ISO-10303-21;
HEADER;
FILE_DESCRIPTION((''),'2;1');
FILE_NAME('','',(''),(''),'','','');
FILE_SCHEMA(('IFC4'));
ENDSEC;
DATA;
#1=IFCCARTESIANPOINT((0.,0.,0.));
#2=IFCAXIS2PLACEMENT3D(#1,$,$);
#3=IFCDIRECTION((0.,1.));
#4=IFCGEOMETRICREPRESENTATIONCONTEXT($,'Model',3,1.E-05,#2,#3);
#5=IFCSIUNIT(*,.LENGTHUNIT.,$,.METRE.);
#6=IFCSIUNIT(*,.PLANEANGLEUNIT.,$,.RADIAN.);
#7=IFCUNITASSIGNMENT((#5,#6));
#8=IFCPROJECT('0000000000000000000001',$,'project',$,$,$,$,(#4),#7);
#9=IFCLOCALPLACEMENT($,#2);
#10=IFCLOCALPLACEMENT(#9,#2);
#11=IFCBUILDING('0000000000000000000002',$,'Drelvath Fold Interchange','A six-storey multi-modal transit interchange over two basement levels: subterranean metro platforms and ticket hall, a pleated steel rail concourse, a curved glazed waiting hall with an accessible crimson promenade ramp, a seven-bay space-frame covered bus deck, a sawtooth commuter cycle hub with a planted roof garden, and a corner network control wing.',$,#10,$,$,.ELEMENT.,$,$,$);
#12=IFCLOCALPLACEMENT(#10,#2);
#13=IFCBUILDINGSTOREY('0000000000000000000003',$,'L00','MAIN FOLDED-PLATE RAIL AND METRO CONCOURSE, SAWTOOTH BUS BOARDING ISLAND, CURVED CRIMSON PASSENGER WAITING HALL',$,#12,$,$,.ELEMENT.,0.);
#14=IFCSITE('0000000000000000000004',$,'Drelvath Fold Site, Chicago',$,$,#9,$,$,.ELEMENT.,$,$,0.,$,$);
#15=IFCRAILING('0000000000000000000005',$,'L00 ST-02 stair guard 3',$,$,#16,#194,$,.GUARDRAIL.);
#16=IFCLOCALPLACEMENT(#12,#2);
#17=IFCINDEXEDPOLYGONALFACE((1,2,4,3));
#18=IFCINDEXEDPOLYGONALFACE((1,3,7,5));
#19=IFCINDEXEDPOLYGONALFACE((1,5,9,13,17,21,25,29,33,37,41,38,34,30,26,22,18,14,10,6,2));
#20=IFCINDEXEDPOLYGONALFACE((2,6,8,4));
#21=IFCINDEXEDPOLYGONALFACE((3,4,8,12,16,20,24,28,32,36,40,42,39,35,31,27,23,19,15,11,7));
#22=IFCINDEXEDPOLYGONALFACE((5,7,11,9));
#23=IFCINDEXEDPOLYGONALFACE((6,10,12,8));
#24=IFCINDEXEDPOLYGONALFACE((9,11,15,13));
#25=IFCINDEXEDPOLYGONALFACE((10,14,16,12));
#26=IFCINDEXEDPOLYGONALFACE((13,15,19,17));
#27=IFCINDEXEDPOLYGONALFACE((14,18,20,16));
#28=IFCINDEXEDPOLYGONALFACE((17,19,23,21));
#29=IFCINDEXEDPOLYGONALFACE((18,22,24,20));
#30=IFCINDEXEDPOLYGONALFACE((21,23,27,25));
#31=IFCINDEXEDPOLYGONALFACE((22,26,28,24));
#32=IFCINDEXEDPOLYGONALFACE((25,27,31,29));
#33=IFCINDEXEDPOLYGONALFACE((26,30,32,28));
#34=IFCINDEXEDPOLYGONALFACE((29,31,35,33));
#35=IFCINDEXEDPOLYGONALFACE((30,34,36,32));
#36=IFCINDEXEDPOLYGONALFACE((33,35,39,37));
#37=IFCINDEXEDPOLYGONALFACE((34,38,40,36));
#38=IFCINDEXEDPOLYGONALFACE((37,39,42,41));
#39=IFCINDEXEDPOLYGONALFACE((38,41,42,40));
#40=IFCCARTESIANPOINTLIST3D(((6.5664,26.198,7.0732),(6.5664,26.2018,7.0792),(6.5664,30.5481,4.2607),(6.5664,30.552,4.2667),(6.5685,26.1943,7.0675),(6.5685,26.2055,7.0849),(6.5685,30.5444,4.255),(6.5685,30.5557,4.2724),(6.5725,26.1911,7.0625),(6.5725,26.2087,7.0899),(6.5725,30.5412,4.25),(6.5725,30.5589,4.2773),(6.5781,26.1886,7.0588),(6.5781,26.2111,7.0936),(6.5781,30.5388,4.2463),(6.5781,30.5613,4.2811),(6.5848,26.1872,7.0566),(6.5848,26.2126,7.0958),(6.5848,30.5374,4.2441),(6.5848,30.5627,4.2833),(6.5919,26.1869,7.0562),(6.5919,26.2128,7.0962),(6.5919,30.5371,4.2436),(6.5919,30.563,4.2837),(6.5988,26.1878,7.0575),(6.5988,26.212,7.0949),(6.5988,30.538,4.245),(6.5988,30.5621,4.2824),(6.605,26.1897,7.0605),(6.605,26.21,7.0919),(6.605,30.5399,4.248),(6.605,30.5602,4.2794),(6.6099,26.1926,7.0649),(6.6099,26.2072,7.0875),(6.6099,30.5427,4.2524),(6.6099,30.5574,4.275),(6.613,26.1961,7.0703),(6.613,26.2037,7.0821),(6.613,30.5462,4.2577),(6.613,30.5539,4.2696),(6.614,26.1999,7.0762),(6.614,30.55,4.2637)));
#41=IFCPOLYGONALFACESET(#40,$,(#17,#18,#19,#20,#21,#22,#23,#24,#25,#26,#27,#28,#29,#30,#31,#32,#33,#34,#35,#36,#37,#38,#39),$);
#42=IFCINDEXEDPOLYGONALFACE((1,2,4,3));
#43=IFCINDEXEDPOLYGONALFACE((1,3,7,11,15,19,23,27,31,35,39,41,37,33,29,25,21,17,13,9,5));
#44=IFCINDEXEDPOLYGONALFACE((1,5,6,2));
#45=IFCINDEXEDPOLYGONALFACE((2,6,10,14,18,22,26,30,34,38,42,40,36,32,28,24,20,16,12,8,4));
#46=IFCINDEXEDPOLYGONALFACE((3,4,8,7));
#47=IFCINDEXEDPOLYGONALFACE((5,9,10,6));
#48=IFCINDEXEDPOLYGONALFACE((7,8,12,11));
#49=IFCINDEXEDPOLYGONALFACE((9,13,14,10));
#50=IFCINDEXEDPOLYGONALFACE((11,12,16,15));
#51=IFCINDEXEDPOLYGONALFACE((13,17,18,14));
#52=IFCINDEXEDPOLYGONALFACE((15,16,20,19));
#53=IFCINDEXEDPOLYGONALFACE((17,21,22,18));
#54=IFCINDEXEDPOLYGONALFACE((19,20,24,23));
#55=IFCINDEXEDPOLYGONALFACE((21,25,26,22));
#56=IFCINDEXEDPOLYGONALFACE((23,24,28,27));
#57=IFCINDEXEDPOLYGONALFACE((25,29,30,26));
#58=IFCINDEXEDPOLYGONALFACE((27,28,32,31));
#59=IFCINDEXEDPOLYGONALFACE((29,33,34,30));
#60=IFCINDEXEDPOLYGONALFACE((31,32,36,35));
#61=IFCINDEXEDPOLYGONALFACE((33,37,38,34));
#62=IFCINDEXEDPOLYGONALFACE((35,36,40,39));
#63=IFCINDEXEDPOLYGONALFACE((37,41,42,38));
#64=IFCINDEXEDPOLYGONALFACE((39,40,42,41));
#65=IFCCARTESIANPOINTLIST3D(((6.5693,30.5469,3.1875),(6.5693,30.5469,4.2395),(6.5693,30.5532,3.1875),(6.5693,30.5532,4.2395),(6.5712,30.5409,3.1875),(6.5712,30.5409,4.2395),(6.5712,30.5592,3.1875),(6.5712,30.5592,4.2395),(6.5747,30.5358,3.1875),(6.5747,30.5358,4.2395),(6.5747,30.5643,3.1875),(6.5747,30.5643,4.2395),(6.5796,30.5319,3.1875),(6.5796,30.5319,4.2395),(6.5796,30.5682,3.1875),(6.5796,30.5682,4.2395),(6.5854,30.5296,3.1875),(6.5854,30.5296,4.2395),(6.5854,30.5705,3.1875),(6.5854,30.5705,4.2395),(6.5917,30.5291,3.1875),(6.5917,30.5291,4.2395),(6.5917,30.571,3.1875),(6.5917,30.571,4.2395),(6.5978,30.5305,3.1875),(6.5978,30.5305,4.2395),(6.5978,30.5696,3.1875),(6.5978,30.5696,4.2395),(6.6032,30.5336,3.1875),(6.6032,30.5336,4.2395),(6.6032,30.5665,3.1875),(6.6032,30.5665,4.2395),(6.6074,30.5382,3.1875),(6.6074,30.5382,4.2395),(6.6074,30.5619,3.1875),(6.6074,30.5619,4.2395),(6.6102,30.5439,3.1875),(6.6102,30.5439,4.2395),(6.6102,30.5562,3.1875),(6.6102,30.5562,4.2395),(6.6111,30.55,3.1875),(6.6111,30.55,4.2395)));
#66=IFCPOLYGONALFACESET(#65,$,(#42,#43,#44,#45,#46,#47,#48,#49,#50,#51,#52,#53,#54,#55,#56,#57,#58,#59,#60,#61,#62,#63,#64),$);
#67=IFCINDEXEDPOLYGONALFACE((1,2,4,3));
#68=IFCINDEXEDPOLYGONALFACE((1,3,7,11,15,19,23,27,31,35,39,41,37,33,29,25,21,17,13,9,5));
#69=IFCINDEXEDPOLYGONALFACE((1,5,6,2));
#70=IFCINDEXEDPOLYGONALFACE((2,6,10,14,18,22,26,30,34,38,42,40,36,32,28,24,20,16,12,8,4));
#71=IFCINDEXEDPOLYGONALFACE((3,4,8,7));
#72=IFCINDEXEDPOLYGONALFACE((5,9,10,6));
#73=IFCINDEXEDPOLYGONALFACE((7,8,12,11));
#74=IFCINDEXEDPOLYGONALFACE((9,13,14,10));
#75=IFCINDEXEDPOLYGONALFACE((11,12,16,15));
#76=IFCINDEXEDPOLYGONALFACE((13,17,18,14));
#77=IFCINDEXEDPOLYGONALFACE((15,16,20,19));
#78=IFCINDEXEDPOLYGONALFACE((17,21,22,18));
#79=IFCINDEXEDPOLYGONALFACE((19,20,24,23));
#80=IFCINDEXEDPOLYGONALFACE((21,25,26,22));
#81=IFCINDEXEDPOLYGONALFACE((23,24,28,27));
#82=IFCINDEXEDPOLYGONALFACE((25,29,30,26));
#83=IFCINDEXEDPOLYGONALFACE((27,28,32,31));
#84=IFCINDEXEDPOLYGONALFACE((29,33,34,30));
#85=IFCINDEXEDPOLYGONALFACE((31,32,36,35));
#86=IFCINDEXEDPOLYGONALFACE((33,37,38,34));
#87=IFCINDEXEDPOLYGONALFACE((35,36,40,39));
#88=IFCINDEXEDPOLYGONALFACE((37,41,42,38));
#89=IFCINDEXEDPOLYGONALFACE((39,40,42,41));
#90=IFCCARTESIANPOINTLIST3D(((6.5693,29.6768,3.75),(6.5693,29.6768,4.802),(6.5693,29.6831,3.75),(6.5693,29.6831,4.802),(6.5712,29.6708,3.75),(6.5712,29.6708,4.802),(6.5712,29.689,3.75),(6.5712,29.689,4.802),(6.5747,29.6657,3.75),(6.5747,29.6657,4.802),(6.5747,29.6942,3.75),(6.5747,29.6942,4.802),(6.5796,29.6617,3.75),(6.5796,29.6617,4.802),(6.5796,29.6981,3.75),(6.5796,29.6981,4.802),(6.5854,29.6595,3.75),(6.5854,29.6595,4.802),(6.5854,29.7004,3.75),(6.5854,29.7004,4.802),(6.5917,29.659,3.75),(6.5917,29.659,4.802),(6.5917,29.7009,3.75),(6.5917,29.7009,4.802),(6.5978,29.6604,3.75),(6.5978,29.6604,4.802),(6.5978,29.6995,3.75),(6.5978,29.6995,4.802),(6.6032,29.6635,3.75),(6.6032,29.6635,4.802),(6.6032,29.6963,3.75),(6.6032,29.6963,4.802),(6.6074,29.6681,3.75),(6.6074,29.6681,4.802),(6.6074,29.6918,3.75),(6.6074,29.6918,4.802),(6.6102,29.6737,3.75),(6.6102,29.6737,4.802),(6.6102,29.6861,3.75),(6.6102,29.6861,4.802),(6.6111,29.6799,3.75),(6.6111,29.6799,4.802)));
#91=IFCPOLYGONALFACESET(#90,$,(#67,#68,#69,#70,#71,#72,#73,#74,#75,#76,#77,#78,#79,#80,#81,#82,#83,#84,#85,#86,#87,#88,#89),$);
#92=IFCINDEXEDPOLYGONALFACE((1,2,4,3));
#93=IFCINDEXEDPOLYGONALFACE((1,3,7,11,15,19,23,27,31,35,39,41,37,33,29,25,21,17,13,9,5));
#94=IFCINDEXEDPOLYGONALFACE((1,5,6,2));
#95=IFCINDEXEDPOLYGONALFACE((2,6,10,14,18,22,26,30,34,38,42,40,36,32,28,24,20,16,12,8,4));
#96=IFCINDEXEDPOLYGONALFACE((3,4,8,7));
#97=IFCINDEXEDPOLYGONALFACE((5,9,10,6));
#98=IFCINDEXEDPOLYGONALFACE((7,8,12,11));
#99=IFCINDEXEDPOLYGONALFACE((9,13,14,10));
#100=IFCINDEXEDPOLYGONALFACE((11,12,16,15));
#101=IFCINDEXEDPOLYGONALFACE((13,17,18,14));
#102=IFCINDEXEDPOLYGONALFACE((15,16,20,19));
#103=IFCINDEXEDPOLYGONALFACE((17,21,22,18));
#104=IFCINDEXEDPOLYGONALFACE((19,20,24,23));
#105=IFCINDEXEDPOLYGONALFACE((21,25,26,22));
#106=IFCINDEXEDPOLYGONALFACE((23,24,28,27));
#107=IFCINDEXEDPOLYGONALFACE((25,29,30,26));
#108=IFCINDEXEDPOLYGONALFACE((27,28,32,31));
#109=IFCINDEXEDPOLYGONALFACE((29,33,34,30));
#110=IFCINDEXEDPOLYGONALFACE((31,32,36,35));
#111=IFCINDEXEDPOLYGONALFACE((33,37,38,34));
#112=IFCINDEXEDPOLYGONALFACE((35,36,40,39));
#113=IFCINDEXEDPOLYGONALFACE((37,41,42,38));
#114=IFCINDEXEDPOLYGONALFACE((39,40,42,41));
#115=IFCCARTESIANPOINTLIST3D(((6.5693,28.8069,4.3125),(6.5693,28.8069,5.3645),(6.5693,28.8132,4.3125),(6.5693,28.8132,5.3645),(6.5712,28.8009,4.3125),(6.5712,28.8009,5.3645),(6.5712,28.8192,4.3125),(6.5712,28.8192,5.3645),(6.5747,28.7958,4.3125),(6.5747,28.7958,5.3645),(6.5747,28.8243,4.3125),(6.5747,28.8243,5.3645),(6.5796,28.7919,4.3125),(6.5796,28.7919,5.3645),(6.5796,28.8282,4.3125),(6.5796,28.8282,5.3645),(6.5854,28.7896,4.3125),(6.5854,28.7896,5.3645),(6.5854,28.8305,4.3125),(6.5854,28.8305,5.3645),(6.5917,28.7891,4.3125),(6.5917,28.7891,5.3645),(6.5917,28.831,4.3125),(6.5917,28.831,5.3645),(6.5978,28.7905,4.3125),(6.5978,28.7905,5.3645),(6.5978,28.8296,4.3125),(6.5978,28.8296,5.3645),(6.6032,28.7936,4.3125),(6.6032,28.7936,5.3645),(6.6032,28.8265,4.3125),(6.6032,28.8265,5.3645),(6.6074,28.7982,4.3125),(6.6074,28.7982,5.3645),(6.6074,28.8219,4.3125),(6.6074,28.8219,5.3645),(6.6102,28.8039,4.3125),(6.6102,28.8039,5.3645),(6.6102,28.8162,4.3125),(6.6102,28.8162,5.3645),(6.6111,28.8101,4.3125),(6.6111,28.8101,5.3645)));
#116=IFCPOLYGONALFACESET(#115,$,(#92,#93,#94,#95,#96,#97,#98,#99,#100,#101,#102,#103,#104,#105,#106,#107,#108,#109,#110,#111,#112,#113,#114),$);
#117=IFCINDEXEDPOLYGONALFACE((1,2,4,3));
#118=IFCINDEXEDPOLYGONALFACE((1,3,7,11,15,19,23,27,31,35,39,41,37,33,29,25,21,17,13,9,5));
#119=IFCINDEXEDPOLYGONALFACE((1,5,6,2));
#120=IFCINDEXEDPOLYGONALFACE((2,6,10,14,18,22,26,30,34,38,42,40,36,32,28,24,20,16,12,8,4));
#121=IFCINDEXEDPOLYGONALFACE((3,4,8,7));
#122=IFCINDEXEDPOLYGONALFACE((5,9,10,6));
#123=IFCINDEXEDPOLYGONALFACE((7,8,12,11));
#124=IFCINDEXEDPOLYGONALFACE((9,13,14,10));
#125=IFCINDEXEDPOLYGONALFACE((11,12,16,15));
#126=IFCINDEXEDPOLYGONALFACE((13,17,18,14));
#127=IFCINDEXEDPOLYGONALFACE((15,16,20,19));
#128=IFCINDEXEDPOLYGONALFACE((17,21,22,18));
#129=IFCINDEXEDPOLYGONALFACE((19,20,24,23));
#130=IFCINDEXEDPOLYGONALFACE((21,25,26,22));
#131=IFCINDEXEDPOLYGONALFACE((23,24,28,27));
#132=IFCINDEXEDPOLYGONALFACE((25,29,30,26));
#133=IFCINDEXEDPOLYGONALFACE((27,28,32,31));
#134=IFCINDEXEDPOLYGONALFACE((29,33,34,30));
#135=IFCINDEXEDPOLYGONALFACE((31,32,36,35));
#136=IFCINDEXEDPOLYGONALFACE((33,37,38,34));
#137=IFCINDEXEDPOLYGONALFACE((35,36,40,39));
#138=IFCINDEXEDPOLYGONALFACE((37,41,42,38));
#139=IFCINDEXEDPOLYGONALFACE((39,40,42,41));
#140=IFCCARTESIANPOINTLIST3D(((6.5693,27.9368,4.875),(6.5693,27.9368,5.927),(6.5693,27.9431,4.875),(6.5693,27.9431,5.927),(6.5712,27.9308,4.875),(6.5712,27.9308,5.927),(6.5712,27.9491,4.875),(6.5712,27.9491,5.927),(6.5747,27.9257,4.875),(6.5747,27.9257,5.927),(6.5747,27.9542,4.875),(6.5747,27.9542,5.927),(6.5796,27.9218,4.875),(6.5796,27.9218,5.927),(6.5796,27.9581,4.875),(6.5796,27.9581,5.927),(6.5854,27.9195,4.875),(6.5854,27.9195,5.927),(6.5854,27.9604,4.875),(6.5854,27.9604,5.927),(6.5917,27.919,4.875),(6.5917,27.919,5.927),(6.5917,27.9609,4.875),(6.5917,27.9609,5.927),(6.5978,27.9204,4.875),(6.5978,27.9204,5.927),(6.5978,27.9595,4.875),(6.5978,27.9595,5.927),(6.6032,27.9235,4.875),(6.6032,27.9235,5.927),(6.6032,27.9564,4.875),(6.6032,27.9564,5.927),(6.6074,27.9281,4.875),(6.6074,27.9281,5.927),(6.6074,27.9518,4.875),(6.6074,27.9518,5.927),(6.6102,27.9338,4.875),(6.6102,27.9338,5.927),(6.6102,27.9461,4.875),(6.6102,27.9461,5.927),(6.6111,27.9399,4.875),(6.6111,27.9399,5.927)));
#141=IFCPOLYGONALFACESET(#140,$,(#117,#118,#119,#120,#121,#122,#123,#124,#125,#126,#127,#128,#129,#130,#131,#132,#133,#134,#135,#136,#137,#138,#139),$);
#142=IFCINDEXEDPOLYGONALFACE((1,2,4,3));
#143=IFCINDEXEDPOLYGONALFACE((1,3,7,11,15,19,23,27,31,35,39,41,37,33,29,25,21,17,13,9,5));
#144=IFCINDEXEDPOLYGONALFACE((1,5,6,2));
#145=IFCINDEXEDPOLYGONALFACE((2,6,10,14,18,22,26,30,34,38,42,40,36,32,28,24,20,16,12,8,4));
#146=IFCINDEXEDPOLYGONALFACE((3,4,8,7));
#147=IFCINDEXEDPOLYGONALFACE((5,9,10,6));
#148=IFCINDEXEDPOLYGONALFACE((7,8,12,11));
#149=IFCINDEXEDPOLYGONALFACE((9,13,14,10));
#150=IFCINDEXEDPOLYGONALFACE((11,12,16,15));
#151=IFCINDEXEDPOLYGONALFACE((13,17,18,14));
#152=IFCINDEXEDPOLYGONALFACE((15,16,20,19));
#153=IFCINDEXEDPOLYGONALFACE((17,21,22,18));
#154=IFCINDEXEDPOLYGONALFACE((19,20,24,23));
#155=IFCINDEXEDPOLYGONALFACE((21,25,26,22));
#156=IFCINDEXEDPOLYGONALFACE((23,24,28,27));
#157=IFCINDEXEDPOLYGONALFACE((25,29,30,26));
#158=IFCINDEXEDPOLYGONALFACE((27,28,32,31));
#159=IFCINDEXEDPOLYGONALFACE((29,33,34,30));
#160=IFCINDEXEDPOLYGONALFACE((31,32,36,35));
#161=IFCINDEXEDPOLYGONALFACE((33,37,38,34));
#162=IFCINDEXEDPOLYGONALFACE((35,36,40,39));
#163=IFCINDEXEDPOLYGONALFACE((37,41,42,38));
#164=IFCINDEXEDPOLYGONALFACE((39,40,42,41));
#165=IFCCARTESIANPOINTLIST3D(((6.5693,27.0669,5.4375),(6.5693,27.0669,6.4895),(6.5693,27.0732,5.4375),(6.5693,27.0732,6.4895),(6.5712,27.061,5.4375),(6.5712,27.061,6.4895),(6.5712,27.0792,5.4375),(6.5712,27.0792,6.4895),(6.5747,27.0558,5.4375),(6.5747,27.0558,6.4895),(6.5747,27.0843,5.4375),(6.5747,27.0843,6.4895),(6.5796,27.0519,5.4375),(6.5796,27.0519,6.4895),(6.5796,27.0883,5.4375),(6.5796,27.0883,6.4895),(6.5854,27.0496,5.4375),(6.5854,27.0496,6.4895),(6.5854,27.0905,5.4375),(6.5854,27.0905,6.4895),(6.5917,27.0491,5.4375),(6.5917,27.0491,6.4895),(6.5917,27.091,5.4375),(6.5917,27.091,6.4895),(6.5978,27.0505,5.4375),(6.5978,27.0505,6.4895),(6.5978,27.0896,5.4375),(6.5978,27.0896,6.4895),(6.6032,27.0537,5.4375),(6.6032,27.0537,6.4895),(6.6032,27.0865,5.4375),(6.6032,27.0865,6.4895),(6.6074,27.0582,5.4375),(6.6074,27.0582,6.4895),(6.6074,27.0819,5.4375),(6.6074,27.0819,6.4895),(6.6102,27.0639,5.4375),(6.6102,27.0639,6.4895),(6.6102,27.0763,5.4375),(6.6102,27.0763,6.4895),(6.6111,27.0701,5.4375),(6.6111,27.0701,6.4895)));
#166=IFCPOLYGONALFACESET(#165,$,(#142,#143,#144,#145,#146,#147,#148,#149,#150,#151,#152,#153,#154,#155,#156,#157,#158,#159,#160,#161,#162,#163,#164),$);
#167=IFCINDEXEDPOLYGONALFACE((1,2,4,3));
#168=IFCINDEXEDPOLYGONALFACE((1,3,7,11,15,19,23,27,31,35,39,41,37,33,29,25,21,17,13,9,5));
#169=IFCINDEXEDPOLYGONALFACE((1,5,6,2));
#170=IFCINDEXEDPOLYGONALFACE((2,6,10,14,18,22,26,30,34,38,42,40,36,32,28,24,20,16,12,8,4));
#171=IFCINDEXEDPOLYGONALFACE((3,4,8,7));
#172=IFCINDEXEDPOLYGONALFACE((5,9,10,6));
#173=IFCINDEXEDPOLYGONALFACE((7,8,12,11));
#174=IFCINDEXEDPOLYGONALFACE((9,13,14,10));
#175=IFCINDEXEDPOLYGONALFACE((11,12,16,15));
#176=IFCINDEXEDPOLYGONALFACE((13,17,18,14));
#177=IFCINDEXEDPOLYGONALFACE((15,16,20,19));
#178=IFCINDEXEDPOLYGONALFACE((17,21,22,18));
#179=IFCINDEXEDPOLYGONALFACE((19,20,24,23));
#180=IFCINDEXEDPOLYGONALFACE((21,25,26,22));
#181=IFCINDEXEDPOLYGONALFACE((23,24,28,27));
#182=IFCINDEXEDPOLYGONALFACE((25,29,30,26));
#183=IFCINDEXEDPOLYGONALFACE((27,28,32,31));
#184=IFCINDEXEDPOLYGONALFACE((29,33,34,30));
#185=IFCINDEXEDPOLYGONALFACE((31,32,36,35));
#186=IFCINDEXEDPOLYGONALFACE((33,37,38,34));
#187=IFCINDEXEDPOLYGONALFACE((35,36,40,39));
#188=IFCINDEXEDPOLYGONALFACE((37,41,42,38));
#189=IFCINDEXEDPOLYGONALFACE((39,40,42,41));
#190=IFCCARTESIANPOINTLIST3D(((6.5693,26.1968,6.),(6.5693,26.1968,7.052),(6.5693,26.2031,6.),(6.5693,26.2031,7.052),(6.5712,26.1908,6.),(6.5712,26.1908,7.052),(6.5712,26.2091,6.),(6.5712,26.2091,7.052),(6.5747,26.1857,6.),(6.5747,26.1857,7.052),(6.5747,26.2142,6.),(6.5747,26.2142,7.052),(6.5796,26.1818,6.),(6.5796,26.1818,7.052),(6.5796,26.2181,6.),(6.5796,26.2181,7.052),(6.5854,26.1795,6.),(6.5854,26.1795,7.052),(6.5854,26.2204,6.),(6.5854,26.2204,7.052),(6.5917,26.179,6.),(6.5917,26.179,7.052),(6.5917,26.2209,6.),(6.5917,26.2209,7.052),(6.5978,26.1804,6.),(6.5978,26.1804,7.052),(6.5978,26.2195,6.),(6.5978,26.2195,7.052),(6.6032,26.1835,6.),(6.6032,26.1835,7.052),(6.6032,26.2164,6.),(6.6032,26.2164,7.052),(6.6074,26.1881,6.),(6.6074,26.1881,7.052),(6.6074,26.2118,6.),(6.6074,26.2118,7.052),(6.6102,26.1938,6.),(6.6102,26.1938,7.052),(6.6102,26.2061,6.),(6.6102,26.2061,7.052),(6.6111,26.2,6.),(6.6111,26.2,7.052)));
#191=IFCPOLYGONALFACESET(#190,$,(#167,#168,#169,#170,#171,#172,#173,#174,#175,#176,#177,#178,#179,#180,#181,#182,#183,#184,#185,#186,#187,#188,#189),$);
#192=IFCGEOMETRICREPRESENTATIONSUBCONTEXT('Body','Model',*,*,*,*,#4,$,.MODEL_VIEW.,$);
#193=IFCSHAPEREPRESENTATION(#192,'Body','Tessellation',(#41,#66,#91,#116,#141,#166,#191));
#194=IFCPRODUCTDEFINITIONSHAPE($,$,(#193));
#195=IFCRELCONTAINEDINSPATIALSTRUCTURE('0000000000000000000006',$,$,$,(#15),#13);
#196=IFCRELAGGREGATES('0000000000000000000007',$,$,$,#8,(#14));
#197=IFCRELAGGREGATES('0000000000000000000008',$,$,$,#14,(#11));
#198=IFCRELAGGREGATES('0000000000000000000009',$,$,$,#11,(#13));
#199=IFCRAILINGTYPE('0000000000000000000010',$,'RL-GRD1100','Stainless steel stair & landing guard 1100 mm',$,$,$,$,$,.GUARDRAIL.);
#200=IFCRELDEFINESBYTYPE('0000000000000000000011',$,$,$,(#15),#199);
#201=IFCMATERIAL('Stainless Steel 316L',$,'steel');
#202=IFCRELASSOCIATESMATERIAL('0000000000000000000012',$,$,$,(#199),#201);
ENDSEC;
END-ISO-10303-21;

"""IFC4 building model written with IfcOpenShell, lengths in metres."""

from ifc_helpers import new_model, si_unit, direction, frame, origin, origin_2d, place, context, subcontext, project, spatial, circle, extrude, material, type_object, element, save


model = new_model("IFC4")

# Units and contexts
model_context = context("Model", 3, precision=1e-05, world=origin(), true_north=direction((0.0, 1.0)))
body_context = subcontext(model_context, "Body", "Model", "MODEL_VIEW")
ifc_project = project(units=[si_unit("LENGTHUNIT", "METRE"), si_unit("PLANEANGLEUNIT", "RADIAN")], contexts=[model_context])

# Site, building, storey
site_placement = place(None, origin())
site = spatial("IfcSite", under=ifc_project, at=site_placement, Name="Drelvath Fold Site, Chicago", CompositionType="ELEMENT", RefElevation=0.0)
building_placement = place(site_placement, origin())
building = spatial("IfcBuilding", under=site, at=building_placement, Name="Drelvath Fold Interchange", Description="A six-storey multi-modal transit interchange over two basement levels: subterranean metro platforms and ticket hall, a pleated steel rail concourse, a curved glazed waiting hall with an accessible crimson promenade ramp, a seven-bay space-frame covered bus deck, a sawtooth commuter cycle hub with a planted roof garden, and a corner network control wing.", CompositionType="ELEMENT")
storey_placement = place(building_placement, origin())
storey = spatial("IfcBuildingStorey", under=building, at=storey_placement, Name="L00", Description="MAIN FOLDED-PLATE RAIL AND METRO CONCOURSE, SAWTOOTH BUS BOARDING ISLAND, CURVED CRIMSON PASSENGER WAITING HALL", CompositionType="ELEMENT", Elevation=0.0)

# Railing
ifc_material_1 = material(Name="Stainless Steel 316L", Category="steel")
railing_type_1 = type_object("IfcRailingType", Name="RL-GRD1100", Description="Stainless steel stair & landing guard 1100 mm", PredefinedType="GUARDRAIL", material=ifc_material_1)
railing_1_placement = place(storey_placement, frame((6.5901, 30.55, 3.1875)))
element("IfcRailing", 1, at=railing_1_placement, inside=storey, type_object=railing_type_1, Name="L00 ST-02 stair guard 3", PredefinedType="GUARDRAIL", context=body_context, shape_type="SweptSolid", body=[
    extrude(circle(Radius=0.0239, at=origin_2d()), frame((0.0, 0.0, 1.0762), z_axis=(0.0, -0.83977, 0.542942), x_axis=(1.0, 0.0, 0.0)), (0.0, 0.0, 1.0), 5.1802),
    extrude(circle(Radius=0.021, at=origin_2d()), origin(), (0.0, 0.0, 1.0), 1.052),
    extrude(circle(Radius=0.021, at=origin_2d()), frame((0.0, -0.8701, 0.5625)), (0.0, 0.0, 1.0), 1.052),
    extrude(circle(Radius=0.021, at=origin_2d()), frame((0.0, -1.74, 1.125)), (0.0, 0.0, 1.0), 1.052),
    extrude(circle(Radius=0.021, at=origin_2d()), frame((0.0, -2.6101, 1.6875)), (0.0, 0.0, 1.0), 1.052),
    extrude(circle(Radius=0.021, at=origin_2d()), frame((0.0, -3.48, 2.25)), (0.0, 0.0, 1.0), 1.052),
    extrude(circle(Radius=0.021, at=origin_2d()), frame((0.0, -4.3501, 2.8125)), (0.0, 0.0, 1.0), 1.052),
])

save(model, "model.ifc")
